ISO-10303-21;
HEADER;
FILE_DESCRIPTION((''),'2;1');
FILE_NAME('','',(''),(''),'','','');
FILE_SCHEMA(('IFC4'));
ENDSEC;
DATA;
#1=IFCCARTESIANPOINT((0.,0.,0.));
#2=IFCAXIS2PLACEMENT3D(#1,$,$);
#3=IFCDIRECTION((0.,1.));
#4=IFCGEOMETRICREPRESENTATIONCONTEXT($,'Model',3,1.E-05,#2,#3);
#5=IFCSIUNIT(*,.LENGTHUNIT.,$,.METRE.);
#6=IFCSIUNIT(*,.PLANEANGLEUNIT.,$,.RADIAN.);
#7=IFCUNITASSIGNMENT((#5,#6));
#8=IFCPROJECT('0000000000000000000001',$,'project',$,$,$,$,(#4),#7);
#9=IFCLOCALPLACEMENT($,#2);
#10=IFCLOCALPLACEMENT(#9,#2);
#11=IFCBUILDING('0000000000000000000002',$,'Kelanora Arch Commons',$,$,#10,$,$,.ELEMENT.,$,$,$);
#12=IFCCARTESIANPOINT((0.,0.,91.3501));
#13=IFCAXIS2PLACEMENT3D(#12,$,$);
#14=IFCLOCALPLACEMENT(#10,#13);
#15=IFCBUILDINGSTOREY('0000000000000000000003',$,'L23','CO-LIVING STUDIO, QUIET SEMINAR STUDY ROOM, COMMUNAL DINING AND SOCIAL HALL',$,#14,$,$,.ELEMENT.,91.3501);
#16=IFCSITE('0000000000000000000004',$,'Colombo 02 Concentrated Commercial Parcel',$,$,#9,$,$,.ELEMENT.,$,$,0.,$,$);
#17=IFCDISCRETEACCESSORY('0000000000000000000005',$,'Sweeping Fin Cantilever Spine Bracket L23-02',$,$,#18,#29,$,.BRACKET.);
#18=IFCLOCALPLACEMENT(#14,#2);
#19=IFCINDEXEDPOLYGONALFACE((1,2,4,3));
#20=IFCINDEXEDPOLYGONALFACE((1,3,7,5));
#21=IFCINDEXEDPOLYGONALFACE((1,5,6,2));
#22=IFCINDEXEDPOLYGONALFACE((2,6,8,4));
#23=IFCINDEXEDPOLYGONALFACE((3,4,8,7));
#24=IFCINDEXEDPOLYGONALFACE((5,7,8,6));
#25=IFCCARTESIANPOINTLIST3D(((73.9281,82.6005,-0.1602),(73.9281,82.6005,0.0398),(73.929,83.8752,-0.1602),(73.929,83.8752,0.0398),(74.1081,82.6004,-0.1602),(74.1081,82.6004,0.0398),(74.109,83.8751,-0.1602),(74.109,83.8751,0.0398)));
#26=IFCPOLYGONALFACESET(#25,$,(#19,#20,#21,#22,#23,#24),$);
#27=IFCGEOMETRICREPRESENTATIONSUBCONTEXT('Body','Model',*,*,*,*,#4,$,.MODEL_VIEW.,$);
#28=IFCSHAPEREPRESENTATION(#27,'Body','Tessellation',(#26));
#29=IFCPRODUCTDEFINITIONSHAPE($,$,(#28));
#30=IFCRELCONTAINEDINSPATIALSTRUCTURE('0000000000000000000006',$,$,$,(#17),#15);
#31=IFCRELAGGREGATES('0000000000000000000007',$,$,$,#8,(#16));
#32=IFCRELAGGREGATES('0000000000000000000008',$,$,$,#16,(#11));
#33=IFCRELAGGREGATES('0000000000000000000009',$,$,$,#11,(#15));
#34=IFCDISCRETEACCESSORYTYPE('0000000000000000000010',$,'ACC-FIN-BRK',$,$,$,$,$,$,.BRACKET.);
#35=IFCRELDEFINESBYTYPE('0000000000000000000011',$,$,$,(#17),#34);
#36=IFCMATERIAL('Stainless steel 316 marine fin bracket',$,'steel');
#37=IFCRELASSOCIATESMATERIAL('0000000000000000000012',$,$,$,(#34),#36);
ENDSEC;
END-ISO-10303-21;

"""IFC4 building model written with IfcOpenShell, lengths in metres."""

from ifc_helpers import new_model, si_unit, direction, frame, origin, origin_2d, place, context, subcontext, project, spatial, rectangle, extrude, source, transform, mapped, material, type_object, element, save


model = new_model("IFC4")

# Units and contexts
model_context = context("Model", 3, precision=1e-05, world=origin(), true_north=direction((0.0, 1.0)))
body_context = subcontext(model_context, "Body", "Model", "MODEL_VIEW")
ifc_project = project(units=[si_unit("LENGTHUNIT", "METRE"), si_unit("PLANEANGLEUNIT", "RADIAN")], contexts=[model_context])

# Site, building, storey
site_placement = place(None, origin())
site = spatial("IfcSite", under=ifc_project, at=site_placement, Name="Colombo 02 Concentrated Commercial Parcel", CompositionType="ELEMENT", RefElevation=0.0)
building_placement = place(site_placement, origin())
building = spatial("IfcBuilding", under=site, at=building_placement, Name="Kelanora Arch Commons", CompositionType="ELEMENT")
storey_placement = place(building_placement, frame((0.0, 0.0, 91.3501)))
storey = spatial("IfcBuildingStorey", under=building, at=storey_placement, Name="L23", Description="CO-LIVING STUDIO, QUIET SEMINAR STUDY ROOM, COMMUNAL DINING AND SOCIAL HALL", CompositionType="ELEMENT", Elevation=91.3501)

# Discrete accessory
ifc_material_1 = material(Name="Stainless steel 316 marine fin bracket", Category="steel")
discrete_accessory_type = type_object("IfcDiscreteAccessoryType", Name="ACC-FIN-BRK", PredefinedType="BRACKET", material=ifc_material_1)
shared_shape_1 = source(origin(), body_context, "Body", "SweptSolid", [
    extrude(rectangle(XDim=1.2747, YDim=0.1799, at=origin_2d()), origin(), (0.0, 0.0, 1.0), 0.2),
])
discrete_accessory_placement = place(storey_placement, frame((74.0186, 83.2378, -0.1602), z_axis=(0.0, 0.0, 1.0), x_axis=(0.000698, 1.0, 0.0)))
element("IfcDiscreteAccessory", 1, at=discrete_accessory_placement, inside=storey, type_object=discrete_accessory_type, Name="Sweeping Fin Cantilever Spine Bracket L23-02", PredefinedType="BRACKET", context=body_context, shape_type="MappedRepresentation", body=[
    mapped(shared_shape_1, transform((0.0, 0.0, 0.0), scale=1.0)),
])

save(model, "model.ifc")
